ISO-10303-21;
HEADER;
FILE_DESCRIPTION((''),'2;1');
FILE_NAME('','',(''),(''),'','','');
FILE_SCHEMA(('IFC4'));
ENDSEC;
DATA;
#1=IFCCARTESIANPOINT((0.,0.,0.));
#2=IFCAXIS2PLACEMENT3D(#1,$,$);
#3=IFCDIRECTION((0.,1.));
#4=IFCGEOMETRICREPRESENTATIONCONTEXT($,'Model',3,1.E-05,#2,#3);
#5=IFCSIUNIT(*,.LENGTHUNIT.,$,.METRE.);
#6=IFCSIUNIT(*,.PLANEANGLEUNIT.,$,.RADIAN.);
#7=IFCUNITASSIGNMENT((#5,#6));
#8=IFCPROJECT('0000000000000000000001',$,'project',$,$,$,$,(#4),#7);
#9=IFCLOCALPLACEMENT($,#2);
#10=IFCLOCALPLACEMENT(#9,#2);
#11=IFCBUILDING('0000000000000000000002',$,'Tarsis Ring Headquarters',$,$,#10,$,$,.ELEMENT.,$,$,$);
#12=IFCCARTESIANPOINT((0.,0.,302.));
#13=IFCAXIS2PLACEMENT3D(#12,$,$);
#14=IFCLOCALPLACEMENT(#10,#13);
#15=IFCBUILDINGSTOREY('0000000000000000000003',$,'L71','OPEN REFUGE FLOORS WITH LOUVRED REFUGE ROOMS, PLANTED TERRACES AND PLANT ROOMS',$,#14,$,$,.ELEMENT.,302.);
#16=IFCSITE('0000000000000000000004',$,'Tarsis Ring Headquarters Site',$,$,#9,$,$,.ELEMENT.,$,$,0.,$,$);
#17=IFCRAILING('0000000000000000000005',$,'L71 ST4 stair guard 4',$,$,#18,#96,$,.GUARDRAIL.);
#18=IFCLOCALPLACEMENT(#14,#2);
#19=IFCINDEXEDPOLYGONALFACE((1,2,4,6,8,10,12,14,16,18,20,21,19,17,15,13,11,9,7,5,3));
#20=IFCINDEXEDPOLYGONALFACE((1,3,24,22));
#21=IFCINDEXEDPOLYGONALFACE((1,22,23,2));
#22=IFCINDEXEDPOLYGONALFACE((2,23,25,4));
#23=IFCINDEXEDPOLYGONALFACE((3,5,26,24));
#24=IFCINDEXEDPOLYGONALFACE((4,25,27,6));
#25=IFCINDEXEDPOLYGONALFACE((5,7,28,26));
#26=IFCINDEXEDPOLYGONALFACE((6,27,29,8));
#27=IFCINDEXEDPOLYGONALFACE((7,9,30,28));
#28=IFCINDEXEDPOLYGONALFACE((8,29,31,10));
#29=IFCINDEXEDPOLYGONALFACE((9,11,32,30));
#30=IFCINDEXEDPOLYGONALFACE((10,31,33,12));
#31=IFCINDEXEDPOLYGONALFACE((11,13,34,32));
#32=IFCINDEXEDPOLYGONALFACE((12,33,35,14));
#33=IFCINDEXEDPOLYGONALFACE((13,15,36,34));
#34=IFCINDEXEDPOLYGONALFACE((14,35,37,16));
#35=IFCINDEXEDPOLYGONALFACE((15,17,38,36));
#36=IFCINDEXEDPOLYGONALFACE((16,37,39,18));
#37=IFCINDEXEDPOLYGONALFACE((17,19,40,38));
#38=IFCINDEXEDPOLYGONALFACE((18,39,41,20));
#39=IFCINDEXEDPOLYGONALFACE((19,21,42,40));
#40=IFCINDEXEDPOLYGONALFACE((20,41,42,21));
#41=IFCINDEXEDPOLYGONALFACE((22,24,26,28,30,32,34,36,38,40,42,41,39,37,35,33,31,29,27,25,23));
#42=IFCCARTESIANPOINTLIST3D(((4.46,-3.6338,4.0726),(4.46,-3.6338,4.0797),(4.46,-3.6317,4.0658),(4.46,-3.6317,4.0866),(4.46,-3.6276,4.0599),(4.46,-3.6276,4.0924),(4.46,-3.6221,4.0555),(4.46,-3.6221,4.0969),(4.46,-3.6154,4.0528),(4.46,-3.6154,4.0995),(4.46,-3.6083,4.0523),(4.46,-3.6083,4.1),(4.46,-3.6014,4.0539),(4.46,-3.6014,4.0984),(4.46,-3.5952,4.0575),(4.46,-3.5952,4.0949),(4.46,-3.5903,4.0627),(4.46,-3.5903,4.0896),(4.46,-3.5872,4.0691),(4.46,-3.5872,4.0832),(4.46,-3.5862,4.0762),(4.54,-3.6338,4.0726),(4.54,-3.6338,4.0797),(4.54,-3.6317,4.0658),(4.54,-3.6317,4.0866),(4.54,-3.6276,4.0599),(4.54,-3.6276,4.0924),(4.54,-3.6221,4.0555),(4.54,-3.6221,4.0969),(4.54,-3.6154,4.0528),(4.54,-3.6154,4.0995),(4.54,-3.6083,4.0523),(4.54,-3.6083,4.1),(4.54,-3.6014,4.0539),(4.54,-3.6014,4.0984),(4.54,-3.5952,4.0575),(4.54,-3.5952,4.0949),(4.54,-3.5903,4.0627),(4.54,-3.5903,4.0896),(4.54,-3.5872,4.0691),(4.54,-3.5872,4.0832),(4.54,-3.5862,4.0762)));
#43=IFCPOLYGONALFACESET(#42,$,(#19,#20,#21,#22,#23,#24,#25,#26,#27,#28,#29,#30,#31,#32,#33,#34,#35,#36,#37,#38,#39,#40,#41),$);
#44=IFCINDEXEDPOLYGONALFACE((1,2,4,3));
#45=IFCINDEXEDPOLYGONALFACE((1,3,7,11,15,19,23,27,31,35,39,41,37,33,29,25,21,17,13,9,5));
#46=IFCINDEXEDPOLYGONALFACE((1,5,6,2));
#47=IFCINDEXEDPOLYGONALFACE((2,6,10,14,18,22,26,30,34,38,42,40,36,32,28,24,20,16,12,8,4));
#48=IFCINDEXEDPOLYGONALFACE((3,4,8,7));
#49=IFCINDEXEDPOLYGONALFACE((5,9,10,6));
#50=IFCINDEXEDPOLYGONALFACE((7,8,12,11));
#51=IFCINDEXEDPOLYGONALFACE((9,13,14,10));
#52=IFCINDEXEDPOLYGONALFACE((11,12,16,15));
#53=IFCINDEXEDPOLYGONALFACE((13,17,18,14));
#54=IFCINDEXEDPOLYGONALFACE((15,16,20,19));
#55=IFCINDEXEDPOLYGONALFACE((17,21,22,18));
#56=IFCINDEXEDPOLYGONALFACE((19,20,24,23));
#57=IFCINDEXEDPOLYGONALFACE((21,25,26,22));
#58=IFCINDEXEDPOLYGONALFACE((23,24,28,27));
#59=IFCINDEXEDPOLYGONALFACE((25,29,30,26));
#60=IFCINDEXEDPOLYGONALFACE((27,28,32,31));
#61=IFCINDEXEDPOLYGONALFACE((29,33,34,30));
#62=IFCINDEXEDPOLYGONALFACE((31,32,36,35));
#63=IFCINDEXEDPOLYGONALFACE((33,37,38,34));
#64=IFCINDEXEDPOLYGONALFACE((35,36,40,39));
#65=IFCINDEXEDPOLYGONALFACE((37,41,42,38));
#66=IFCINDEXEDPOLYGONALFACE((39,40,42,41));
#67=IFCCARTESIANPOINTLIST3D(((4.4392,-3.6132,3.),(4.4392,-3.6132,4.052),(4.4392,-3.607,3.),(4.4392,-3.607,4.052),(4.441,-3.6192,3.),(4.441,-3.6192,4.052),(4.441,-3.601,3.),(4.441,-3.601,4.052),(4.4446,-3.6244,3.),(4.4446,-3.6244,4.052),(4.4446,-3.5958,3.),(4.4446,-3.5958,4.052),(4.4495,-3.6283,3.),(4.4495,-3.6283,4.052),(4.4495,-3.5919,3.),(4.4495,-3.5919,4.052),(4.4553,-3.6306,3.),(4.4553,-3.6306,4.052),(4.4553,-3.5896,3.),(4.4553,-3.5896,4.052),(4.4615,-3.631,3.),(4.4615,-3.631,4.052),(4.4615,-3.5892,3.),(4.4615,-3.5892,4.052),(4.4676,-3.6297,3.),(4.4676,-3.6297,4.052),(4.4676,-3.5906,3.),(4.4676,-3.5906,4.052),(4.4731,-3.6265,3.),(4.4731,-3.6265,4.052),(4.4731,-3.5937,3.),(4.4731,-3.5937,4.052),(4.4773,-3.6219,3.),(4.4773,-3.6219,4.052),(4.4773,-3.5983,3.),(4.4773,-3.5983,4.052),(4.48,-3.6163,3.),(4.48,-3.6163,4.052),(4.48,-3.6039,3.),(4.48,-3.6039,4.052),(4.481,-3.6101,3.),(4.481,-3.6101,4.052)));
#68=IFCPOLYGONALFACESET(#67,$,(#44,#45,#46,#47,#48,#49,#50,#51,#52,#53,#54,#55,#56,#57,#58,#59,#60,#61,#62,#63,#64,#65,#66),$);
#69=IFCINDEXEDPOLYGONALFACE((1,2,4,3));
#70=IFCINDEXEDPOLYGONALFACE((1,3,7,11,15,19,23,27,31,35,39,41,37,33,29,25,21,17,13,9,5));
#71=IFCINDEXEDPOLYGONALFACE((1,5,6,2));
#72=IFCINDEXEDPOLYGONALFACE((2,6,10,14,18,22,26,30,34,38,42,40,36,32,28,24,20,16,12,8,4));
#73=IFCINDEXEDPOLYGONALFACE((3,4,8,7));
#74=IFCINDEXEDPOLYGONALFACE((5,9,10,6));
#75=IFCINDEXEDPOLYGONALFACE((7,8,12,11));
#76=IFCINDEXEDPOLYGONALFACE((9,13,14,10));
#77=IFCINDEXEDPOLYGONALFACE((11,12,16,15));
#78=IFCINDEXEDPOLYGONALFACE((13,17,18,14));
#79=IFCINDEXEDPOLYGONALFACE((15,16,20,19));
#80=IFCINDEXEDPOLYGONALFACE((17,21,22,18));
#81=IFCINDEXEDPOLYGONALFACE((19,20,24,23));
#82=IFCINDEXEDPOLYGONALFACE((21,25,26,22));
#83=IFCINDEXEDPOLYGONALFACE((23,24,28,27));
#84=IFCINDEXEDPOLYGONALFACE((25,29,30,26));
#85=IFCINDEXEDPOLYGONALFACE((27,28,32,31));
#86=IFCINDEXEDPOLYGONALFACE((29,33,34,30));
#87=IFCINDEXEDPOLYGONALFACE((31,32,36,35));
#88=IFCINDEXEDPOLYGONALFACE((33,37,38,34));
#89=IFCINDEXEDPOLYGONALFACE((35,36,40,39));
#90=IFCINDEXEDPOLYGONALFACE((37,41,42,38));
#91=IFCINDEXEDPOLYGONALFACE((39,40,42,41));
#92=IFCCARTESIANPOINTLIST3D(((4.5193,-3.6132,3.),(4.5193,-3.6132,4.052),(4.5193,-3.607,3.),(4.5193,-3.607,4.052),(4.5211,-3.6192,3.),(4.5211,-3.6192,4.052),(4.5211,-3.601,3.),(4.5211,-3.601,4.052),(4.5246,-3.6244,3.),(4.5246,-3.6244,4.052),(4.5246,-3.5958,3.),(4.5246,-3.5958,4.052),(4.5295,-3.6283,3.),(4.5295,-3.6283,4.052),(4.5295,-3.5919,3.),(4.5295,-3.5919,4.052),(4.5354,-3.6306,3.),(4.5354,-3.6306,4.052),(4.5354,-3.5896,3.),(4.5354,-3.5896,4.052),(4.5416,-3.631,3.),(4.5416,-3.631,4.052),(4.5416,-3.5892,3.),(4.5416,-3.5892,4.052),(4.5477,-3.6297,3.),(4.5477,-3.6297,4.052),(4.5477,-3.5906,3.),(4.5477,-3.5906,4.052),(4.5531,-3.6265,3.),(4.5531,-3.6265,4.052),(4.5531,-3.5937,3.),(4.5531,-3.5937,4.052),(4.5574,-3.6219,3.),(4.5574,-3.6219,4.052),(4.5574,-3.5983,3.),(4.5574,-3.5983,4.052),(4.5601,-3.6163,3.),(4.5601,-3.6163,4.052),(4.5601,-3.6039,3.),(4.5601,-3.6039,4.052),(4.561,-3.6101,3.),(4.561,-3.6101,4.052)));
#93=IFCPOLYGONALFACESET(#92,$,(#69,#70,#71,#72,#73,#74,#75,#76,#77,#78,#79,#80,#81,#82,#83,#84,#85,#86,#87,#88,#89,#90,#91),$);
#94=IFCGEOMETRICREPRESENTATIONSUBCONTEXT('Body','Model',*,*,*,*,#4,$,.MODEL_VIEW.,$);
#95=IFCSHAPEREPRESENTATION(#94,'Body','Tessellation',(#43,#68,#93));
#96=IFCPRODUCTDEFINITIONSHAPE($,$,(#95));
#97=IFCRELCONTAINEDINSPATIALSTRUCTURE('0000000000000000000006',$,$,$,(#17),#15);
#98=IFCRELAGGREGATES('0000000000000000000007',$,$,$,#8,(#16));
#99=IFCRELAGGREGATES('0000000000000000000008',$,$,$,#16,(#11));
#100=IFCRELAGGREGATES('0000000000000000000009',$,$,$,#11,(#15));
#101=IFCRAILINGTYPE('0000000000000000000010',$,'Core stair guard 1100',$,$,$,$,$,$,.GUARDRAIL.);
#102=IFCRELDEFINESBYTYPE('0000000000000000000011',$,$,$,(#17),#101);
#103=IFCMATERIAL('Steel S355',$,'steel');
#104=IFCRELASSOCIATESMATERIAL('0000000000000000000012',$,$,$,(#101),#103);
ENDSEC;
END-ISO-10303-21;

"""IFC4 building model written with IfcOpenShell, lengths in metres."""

from ifc_helpers import new_model, si_unit, direction, frame, origin, origin_2d, place, context, subcontext, project, spatial, circle, extrude, material, type_object, element, save


model = new_model("IFC4")

# Units and contexts
model_context = context("Model", 3, precision=1e-05, world=origin(), true_north=direction((0.0, 1.0)))
body_context = subcontext(model_context, "Body", "Model", "MODEL_VIEW")
ifc_project = project(units=[si_unit("LENGTHUNIT", "METRE"), si_unit("PLANEANGLEUNIT", "RADIAN")], contexts=[model_context])

# Site, building, storey
site_placement = place(None, origin())
site = spatial("IfcSite", under=ifc_project, at=site_placement, Name="Tarsis Ring Headquarters Site", CompositionType="ELEMENT", RefElevation=0.0)
building_placement = place(site_placement, origin())
building = spatial("IfcBuilding", under=site, at=building_placement, Name="Tarsis Ring Headquarters", CompositionType="ELEMENT")
storey_placement = place(building_placement, frame((0.0, 0.0, 302.0)))
storey = spatial("IfcBuildingStorey", under=building, at=storey_placement, Name="L71", Description="OPEN REFUGE FLOORS WITH LOUVRED REFUGE ROOMS, PLANTED TERRACES AND PLANT ROOMS", CompositionType="ELEMENT", Elevation=302.0)

# Railing
ifc_material_1 = material(Name="Steel S355", Category="steel")
railing_type_1 = type_object("IfcRailingType", Name="Core stair guard 1100", PredefinedType="GUARDRAIL", material=ifc_material_1)
railing_1_placement = place(storey_placement, frame((4.46, -3.6101, 3.0)))
element("IfcRailing", 1, at=railing_1_placement, inside=storey, type_object=railing_type_1, Name="L71 ST4 stair guard 4", PredefinedType="GUARDRAIL", context=body_context, shape_type="SweptSolid", body=[
    extrude(circle(Radius=0.0239, at=origin_2d()), frame((0.0, 0.0, 1.0762), z_axis=(1.0, 0.0, 0.0), x_axis=(0.0, 1.0, 0.0)), (0.0, 0.0, 1.0), 0.0801),
    extrude(circle(Radius=0.021, at=origin_2d()), origin(), (0.0, 0.0, 1.0), 1.052),
    extrude(circle(Radius=0.021, at=origin_2d()), frame((0.0801, 0.0, 0.0)), (0.0, 0.0, 1.0), 1.052),
])

save(model, "model.ifc")
